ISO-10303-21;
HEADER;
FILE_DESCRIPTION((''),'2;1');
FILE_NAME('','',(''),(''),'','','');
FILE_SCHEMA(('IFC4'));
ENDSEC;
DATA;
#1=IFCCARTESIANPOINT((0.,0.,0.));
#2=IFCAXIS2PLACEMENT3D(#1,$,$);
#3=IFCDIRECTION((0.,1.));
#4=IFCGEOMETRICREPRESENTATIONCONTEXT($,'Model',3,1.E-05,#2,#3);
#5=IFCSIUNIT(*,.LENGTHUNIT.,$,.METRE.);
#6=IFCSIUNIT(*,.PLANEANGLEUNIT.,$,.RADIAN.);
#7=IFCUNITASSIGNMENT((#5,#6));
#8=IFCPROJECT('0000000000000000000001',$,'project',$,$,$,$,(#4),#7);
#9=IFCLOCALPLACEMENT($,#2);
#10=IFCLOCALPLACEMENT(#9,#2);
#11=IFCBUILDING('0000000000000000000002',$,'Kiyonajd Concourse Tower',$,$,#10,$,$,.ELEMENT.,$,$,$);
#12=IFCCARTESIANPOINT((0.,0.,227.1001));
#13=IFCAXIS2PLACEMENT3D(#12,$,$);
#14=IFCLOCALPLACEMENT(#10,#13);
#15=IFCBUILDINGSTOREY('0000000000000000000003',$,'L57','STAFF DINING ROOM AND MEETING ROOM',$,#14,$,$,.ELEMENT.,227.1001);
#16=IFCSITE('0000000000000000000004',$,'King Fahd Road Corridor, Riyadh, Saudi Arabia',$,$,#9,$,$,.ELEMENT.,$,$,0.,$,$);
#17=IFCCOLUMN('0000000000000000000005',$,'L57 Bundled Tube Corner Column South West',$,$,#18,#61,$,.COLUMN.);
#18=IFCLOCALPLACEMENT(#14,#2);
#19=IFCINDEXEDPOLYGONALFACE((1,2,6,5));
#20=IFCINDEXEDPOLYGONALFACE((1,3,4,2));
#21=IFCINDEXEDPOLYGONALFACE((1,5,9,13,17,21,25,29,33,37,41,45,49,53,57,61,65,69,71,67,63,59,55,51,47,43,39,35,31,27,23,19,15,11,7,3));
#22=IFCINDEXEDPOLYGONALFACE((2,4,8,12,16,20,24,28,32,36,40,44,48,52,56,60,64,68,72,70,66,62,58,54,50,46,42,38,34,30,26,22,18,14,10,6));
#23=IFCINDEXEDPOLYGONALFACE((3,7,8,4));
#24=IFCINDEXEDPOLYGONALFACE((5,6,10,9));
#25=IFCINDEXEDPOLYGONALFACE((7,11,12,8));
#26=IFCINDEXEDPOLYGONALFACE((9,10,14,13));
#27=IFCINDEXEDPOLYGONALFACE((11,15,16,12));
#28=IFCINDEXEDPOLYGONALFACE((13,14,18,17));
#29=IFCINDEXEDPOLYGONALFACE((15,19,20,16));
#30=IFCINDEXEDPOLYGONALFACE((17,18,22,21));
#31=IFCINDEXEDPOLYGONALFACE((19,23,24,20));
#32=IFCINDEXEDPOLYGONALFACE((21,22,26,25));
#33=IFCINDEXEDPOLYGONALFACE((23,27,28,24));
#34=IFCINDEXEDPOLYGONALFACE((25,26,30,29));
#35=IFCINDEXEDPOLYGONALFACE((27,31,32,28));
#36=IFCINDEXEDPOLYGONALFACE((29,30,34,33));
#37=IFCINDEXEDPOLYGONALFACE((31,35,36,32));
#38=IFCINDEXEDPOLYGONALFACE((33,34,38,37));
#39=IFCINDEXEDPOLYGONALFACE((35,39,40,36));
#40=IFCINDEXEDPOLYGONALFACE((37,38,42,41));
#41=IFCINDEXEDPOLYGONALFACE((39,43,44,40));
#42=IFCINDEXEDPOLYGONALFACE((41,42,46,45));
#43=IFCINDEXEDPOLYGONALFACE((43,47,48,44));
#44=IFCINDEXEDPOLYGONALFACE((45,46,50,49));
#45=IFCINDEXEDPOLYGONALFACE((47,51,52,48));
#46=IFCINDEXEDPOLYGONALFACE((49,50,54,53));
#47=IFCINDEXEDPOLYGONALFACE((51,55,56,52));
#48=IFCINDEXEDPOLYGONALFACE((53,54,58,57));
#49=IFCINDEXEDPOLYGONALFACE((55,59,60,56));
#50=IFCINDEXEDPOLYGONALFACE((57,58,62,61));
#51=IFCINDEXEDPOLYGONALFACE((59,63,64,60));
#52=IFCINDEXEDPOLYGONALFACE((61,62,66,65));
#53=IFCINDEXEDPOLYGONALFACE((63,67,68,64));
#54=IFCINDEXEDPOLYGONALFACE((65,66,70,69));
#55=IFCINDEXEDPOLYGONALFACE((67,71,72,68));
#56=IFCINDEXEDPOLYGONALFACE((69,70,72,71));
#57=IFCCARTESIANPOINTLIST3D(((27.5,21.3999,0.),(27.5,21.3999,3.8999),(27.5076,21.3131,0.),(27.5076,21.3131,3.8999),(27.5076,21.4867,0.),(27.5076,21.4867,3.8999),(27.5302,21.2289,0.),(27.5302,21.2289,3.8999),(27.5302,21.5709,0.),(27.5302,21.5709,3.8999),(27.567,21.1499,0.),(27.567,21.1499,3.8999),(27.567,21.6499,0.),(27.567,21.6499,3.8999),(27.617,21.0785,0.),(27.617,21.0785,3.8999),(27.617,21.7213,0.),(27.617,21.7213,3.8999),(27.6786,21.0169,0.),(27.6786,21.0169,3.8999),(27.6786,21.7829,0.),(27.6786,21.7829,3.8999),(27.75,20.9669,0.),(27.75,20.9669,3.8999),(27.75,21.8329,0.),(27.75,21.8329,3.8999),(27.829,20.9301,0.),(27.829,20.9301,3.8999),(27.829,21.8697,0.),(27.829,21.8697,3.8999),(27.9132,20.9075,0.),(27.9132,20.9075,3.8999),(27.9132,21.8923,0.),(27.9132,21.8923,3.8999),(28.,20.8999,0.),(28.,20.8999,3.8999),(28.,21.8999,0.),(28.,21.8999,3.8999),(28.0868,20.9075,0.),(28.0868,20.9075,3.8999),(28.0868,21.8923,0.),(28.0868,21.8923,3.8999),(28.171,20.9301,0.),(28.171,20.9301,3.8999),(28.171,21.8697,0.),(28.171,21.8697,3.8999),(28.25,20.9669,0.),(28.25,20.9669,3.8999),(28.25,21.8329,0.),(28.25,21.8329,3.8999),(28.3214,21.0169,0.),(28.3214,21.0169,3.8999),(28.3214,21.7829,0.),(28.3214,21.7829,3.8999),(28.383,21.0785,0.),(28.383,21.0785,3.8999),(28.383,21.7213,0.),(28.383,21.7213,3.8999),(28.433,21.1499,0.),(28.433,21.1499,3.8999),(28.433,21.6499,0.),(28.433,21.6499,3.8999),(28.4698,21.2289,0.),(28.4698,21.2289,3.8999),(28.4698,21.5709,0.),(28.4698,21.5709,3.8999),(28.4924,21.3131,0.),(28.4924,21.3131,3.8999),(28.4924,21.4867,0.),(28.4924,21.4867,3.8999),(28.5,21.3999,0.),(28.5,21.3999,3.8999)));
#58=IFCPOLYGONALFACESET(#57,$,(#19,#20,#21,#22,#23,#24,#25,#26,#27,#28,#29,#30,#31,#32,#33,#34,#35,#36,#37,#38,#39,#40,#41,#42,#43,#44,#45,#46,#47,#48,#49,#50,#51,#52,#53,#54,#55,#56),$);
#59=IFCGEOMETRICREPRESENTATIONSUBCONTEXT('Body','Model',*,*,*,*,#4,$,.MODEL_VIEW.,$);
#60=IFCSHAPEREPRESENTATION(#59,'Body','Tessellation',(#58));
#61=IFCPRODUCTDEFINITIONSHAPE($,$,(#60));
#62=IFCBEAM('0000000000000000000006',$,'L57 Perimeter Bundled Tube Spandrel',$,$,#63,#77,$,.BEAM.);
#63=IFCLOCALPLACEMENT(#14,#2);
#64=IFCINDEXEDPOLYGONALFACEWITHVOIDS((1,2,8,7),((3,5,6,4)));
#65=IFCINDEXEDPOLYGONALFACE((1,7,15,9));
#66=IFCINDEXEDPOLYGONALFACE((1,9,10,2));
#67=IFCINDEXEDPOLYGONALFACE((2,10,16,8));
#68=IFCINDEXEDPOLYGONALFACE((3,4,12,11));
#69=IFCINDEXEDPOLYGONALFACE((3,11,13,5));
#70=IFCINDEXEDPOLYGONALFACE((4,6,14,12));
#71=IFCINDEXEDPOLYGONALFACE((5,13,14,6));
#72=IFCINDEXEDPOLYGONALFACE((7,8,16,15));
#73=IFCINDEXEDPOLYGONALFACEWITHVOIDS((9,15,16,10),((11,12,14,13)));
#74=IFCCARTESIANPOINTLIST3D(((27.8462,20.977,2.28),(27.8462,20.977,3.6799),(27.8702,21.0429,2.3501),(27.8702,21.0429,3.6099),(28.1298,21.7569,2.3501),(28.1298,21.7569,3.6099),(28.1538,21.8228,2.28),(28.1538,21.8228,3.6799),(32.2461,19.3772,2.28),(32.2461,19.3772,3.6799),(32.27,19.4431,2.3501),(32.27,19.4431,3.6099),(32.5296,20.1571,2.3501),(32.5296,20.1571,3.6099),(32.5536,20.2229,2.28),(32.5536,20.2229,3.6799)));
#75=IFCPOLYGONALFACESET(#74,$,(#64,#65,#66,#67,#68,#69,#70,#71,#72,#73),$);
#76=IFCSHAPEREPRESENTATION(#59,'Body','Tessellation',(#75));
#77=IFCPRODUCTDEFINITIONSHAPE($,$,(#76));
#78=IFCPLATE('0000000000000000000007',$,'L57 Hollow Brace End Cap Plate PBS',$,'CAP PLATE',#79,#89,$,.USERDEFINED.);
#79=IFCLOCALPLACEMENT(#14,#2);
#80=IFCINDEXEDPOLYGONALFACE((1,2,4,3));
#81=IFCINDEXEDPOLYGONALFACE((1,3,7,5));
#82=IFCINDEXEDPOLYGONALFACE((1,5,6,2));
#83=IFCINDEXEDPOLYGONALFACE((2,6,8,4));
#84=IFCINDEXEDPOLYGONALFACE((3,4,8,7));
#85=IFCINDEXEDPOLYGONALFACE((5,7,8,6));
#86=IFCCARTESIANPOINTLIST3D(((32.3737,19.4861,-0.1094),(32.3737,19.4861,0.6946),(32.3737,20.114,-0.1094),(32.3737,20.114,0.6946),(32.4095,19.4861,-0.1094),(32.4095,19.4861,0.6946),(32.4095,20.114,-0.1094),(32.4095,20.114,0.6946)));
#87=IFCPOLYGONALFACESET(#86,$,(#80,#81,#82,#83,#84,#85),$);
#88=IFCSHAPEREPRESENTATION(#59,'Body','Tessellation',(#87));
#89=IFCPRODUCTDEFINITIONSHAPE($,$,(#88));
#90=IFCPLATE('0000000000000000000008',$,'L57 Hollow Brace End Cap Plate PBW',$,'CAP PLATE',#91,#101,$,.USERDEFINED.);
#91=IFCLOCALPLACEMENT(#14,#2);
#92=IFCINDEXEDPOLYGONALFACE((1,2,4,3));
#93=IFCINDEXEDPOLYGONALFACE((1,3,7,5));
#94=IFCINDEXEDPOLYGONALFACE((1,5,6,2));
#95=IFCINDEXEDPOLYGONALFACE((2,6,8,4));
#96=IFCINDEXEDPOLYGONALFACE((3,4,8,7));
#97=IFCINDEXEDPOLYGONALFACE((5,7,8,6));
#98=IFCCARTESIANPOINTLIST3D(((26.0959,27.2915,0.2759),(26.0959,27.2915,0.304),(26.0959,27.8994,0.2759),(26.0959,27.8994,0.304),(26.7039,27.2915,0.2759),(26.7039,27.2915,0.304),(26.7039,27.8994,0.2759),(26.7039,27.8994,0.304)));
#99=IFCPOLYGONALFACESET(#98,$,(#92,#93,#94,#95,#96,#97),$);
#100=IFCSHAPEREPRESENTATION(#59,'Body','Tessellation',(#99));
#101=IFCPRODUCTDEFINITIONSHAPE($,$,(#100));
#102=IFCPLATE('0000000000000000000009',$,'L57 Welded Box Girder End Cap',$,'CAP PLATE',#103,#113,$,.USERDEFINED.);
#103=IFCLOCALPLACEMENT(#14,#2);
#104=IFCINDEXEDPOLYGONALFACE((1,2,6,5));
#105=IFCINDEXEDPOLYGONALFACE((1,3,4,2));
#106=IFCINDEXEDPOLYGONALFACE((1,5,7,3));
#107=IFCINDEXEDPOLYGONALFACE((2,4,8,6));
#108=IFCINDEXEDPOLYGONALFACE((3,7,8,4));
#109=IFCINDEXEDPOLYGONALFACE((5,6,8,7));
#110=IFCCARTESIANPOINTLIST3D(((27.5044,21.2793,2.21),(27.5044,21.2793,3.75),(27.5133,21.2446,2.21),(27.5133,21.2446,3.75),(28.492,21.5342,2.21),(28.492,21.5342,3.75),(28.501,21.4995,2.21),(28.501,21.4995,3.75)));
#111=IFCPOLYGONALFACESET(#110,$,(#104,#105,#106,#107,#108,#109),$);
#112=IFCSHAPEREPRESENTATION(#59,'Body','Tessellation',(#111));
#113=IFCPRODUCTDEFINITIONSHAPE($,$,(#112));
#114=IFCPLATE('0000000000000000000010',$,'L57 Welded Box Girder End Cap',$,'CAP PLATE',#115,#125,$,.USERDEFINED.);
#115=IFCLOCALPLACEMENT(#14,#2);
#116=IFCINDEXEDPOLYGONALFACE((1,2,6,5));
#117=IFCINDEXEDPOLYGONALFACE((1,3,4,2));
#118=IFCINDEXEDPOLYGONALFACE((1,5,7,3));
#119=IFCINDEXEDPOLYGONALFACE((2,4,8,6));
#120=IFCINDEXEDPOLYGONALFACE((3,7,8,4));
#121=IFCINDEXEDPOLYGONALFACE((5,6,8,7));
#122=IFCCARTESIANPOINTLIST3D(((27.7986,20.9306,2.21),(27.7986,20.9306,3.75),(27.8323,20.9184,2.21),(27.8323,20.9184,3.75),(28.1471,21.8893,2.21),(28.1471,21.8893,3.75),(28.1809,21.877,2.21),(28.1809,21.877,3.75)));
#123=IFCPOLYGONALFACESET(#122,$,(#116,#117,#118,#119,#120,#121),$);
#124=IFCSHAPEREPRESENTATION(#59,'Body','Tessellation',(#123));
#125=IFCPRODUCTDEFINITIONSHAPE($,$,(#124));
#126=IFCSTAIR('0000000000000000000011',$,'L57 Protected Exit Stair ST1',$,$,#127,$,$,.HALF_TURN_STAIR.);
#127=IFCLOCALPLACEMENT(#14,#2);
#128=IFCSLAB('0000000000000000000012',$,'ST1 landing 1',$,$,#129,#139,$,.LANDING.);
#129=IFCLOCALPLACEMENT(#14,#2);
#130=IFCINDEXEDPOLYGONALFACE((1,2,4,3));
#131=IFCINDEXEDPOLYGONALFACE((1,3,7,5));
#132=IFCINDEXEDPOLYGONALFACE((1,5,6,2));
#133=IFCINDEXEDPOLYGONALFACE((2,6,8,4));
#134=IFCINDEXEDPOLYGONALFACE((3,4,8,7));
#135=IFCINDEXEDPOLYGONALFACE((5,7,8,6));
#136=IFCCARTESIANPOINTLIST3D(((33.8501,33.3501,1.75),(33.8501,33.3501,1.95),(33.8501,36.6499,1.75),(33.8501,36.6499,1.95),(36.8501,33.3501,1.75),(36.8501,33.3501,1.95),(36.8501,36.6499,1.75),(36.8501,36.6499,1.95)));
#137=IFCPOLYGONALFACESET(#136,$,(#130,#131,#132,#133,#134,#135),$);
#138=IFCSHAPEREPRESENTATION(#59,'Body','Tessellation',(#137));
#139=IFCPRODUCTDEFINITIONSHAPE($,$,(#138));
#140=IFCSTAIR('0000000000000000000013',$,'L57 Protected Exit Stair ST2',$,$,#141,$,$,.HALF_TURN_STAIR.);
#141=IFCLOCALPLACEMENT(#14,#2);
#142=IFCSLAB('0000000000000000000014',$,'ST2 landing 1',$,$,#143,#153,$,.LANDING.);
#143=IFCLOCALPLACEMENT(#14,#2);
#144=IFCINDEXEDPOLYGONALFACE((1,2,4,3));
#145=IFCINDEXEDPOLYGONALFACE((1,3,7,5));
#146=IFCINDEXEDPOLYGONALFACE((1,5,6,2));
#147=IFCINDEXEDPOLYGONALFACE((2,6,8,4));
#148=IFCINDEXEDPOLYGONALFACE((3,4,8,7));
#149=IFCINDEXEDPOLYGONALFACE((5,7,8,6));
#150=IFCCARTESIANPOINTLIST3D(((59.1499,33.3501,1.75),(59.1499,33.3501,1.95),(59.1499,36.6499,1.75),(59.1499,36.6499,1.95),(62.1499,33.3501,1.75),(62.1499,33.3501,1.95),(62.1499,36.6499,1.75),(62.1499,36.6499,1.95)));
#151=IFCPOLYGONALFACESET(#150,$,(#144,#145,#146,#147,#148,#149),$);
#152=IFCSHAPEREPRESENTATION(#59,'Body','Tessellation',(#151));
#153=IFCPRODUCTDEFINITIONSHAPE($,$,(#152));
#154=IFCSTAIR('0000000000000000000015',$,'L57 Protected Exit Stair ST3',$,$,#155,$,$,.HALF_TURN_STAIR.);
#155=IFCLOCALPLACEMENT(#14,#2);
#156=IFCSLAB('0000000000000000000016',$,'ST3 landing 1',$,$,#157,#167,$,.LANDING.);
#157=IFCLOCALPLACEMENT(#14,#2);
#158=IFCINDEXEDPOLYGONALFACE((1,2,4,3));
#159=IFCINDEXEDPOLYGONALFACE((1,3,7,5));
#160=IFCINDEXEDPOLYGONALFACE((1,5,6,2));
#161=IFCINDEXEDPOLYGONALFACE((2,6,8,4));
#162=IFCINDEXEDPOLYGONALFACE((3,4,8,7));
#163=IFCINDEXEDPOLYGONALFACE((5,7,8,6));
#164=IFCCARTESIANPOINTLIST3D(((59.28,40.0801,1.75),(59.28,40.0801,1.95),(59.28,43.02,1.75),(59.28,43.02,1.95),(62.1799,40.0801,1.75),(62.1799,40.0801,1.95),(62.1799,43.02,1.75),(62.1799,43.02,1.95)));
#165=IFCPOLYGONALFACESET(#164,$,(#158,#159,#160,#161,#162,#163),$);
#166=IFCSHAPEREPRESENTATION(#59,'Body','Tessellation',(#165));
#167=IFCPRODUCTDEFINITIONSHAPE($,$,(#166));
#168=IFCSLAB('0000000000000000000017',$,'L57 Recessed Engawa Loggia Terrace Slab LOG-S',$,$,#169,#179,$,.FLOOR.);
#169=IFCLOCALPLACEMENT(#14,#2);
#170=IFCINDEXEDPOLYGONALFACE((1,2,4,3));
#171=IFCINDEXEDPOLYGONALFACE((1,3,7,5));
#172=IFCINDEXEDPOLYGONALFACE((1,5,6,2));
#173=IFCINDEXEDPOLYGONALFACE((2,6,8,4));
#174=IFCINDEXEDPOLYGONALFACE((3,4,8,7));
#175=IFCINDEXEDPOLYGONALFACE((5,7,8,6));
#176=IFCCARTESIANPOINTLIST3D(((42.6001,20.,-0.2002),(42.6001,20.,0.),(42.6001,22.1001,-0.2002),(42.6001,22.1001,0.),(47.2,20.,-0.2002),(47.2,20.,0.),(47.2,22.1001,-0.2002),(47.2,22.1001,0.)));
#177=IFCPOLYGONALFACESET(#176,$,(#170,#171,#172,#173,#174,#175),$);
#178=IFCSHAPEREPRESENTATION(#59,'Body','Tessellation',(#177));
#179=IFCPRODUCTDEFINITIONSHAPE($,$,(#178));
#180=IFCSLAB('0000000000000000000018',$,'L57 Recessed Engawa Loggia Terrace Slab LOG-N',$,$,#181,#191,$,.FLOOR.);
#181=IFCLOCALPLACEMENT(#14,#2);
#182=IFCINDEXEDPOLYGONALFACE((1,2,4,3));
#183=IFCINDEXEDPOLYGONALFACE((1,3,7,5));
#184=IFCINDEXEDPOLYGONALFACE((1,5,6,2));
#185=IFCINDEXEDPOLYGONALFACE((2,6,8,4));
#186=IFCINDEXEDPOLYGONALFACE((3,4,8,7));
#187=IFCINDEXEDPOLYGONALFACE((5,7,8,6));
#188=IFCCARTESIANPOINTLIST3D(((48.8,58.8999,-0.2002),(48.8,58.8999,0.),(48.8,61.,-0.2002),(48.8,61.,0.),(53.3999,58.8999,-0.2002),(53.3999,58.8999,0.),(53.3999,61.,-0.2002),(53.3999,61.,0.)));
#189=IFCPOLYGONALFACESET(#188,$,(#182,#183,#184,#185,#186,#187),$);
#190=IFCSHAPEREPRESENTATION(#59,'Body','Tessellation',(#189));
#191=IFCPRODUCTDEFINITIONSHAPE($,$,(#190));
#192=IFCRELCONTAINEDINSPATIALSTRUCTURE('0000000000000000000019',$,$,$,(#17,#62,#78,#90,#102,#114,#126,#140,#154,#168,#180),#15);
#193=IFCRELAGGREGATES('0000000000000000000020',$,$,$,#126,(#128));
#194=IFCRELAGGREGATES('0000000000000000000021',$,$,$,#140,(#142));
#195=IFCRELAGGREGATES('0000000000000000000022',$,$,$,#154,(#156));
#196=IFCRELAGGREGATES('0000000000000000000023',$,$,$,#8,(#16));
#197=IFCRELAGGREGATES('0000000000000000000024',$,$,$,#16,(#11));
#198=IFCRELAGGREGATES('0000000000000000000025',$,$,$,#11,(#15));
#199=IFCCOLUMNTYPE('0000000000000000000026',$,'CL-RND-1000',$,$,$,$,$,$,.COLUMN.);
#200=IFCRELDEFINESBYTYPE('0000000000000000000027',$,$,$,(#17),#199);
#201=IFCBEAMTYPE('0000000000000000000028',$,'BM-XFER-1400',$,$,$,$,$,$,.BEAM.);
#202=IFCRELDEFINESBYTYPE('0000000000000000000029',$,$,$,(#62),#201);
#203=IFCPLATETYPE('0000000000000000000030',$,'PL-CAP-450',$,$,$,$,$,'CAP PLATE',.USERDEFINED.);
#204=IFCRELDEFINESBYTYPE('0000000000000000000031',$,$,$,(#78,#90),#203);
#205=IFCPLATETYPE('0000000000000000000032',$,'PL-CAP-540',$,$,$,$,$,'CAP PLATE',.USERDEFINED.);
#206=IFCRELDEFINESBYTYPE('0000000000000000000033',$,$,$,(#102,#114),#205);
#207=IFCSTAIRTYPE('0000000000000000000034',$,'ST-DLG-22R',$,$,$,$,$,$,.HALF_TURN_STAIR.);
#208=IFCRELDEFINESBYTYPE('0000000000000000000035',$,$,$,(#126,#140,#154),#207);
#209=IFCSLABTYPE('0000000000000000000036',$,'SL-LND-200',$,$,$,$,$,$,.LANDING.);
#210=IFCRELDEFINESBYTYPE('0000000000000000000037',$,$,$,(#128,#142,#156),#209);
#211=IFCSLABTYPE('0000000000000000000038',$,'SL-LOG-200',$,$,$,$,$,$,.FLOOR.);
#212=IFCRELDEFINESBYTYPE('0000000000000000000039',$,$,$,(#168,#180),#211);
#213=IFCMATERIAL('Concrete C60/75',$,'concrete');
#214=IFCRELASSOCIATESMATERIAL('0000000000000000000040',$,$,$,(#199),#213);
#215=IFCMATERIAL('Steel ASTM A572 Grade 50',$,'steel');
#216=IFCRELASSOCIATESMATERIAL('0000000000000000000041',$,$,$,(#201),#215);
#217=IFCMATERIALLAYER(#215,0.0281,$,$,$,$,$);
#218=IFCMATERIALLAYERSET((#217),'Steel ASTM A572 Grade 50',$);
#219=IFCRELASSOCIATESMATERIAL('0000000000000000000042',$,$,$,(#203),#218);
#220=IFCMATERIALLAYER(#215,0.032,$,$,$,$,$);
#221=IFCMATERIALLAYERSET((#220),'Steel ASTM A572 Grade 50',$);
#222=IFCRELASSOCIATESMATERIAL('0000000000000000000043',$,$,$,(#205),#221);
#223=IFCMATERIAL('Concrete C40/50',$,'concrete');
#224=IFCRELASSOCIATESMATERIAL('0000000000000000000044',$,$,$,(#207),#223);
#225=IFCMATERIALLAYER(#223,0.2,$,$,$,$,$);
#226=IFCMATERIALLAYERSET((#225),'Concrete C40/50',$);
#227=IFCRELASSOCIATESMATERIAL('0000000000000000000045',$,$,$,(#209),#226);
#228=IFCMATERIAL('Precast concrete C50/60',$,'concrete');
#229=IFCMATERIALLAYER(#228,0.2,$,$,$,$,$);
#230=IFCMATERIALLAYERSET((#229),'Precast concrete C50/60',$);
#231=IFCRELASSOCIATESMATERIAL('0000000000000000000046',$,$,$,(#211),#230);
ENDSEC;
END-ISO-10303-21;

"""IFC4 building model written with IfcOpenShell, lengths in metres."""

from ifc_helpers import new_model, si_unit, direction, frame, origin, origin_2d, place, context, subcontext, project, spatial, polyline, rectangle, hollow_rectangle, circle, outline, extrude, material, layer, layer_set, material_profile, profile_set, type_object, element, aggregate, save


model = new_model("IFC4")

# Units and contexts
model_context = context("Model", 3, precision=1e-05, world=origin(), true_north=direction((0.0, 1.0)))
body_context = subcontext(model_context, "Body", "Model", "MODEL_VIEW")
ifc_project = project(units=[si_unit("LENGTHUNIT", "METRE"), si_unit("PLANEANGLEUNIT", "RADIAN")], contexts=[model_context])

# Site, building, storey
site_placement = place(None, origin())
site = spatial("IfcSite", under=ifc_project, at=site_placement, Name="King Fahd Road Corridor, Riyadh, Saudi Arabia", CompositionType="ELEMENT", RefElevation=0.0)
building_placement = place(site_placement, origin())
building = spatial("IfcBuilding", under=site, at=building_placement, Name="Kiyonajd Concourse Tower", CompositionType="ELEMENT")
storey_placement = place(building_placement, frame((0.0, 0.0, 227.1001)))
storey = spatial("IfcBuildingStorey", under=building, at=storey_placement, Name="L57", Description="STAFF DINING ROOM AND MEETING ROOM", CompositionType="ELEMENT", Elevation=227.1001)

# Column
ifc_material_1 = material(Name="Concrete C60/75", Category="concrete")
ifc_material_profile_1 = material_profile(ifc_material_1, circle(Radius=0.5, at=origin_2d()), Name="RCC-D1000")
ifc_profile_set_1 = profile_set([ifc_material_profile_1], Name="Concrete C60/75")
column_type = type_object("IfcColumnType", Name="CL-RND-1000", PredefinedType="COLUMN", material=ifc_profile_set_1)
column_placement = place(storey_placement, frame((28.0, 21.3999, 0.0), z_axis=(0.0, 0.0, 1.0), x_axis=(1.0, 0.0, 0.0)))
element("IfcColumn", 1, at=column_placement, inside=storey, type_object=column_type, Name="L57 Bundled Tube Corner Column South West", PredefinedType="COLUMN", context=body_context, shape_type="SweptSolid", body=[
    extrude(circle(Radius=0.5, at=origin_2d()), origin(), (0.0, 0.0, 1.0), 3.8999),
])

# Beam
ifc_material_2 = material(Name="Steel ASTM A572 Grade 50", Category="steel")
ifc_material_profile_2 = material_profile(ifc_material_2, hollow_rectangle(XDim=0.8999, YDim=1.3999, WallThickness=0.0701, at=origin_2d()), Name="BOX-1400x900x70")
ifc_profile_set_2 = profile_set([ifc_material_profile_2], Name="Steel ASTM A572 Grade 50")
beam_type = type_object("IfcBeamType", Name="BM-XFER-1400", PredefinedType="BEAM", material=ifc_profile_set_2)
beam_placement = place(storey_placement, frame((28.0, 21.3999, 2.98), z_axis=(0.939801, -0.341722, 0.0), x_axis=(0.341722, 0.939801, 0.0)))
element("IfcBeam", 2, at=beam_placement, inside=storey, type_object=beam_type, Name="L57 Perimeter Bundled Tube Spandrel", PredefinedType="BEAM", context=body_context, shape_type="SweptSolid", body=[
    extrude(hollow_rectangle(XDim=0.8999, YDim=1.3999, WallThickness=0.0701, at=origin_2d()), origin(), (0.0, 0.0, 1.0), 4.6816),
])

# Plates
ifc_layer_1 = layer(ifc_material_2, 0.0281)
ifc_layer_set_1 = layer_set([ifc_layer_1], Name="Steel ASTM A572 Grade 50")
plate_type_1 = type_object("IfcPlateType", Name="PL-CAP-450", ElementType="CAP PLATE", PredefinedType="USERDEFINED", material=ifc_layer_set_1)
plate_1_placement = place(storey_placement, frame((32.3916, 19.8, -0.1094), z_axis=(0.0, 0.0, 1.0), x_axis=(-1.0, 0.0, 0.0)))
element("IfcPlate", 3, at=plate_1_placement, inside=storey, type_object=plate_type_1, Name="L57 Hollow Brace End Cap Plate PBS", ObjectType="CAP PLATE", PredefinedType="USERDEFINED", context=body_context, shape_type="SweptSolid", body=[
    extrude(rectangle(XDim=0.0359, YDim=0.6279, at=origin_2d()), origin(), (0.0, 0.0, 1.0), 0.804),
])
plate_2_placement = place(storey_placement, frame((26.3999, 27.5955, 0.2759), z_axis=(0.0, 0.0, 1.0), x_axis=(1.0, 0.0, 0.0)))
element("IfcPlate", 4, at=plate_2_placement, inside=storey, type_object=plate_type_1, Name="L57 Hollow Brace End Cap Plate PBW", ObjectType="CAP PLATE", PredefinedType="USERDEFINED", context=body_context, shape_type="SweptSolid", body=[
    extrude(rectangle(XDim=0.6079, YDim=0.6079, at=origin_2d()), origin(), (0.0, 0.0, 1.0), 0.0281),
])
ifc_layer_2 = layer(ifc_material_2, 0.032)
ifc_layer_set_2 = layer_set([ifc_layer_2], Name="Steel ASTM A572 Grade 50")
plate_type_2 = type_object("IfcPlateType", Name="PL-CAP-540", ElementType="CAP PLATE", PredefinedType="USERDEFINED", material=ifc_layer_set_2)
for number, where, z_axis, x_axis, name in (
    (5, (28.0027, 21.3894, 2.21), (0.0, 0.0, 1.0), (0.249873, -0.968279, 0.0), "L57 Welded Box Girder End Cap"),
    (6, (27.9897, 21.4038, 2.21), (0.0, 0.0, 1.0), (-0.939812, 0.341692, 0.0), "L57 Welded Box Girder End Cap"),
):
    element("IfcPlate", number, at=place(storey_placement, frame(where, z_axis=z_axis, x_axis=x_axis)), inside=storey, type_object=plate_type_2, Name=name, ObjectType="CAP PLATE", PredefinedType="USERDEFINED", context=body_context, shape_type="SweptSolid", body=[
        extrude(rectangle(XDim=0.0359, YDim=1.02, at=origin_2d()), origin(), (0.0, 0.0, 1.0), 1.54),
    ])

# Stairs, slabs
ifc_material_3 = material(Name="Concrete C40/50", Category="concrete")
stair_type = type_object("IfcStairType", Name="ST-DLG-22R", PredefinedType="HALF_TURN_STAIR", material=ifc_material_3)
stair_1_placement = place(storey_placement, origin())
stair_1 = element("IfcStair", 7, at=stair_1_placement, inside=storey, type_object=stair_type, Name="L57 Protected Exit Stair ST1", PredefinedType="HALF_TURN_STAIR")
ifc_layer_3 = layer(ifc_material_3, 0.2)
ifc_layer_set_3 = layer_set([ifc_layer_3], Name="Concrete C40/50")
slab_type_1 = type_object("IfcSlabType", Name="SL-LND-200", PredefinedType="LANDING", material=ifc_layer_set_3)
slab_1_placement = place(storey_placement, frame((0.0, 0.0, 1.75)))
slab_1 = element("IfcSlab", 8, at=slab_1_placement, type_object=slab_type_1, Name="ST1 landing 1", PredefinedType="LANDING", context=body_context, shape_type="SweptSolid", body=[
    extrude(outline(polyline([(36.8501, 33.3501), (36.8501, 36.6499), (33.8501, 36.6499), (33.8501, 33.3501), (36.8501, 33.3501)])), origin(), (0.0, 0.0, 1.0), 0.2),
])
aggregate(stair_1, [slab_1])
stair_2_placement = place(storey_placement, origin())
stair_2 = element("IfcStair", 9, at=stair_2_placement, inside=storey, type_object=stair_type, Name="L57 Protected Exit Stair ST2", PredefinedType="HALF_TURN_STAIR")
slab_2_placement = place(storey_placement, frame((0.0, 0.0, 1.75)))
slab_2 = element("IfcSlab", 10, at=slab_2_placement, type_object=slab_type_1, Name="ST2 landing 1", PredefinedType="LANDING", context=body_context, shape_type="SweptSolid", body=[
    extrude(outline(polyline([(62.1499, 33.3501), (62.1499, 36.6499), (59.1499, 36.6499), (59.1499, 33.3501), (62.1499, 33.3501)])), origin(), (0.0, 0.0, 1.0), 0.2),
])
aggregate(stair_2, [slab_2])
stair_3_placement = place(storey_placement, origin())
stair_3 = element("IfcStair", 11, at=stair_3_placement, inside=storey, type_object=stair_type, Name="L57 Protected Exit Stair ST3", PredefinedType="HALF_TURN_STAIR")
slab_3_placement = place(storey_placement, frame((0.0, 0.0, 1.75)))
slab_3 = element("IfcSlab", 12, at=slab_3_placement, type_object=slab_type_1, Name="ST3 landing 1", PredefinedType="LANDING", context=body_context, shape_type="SweptSolid", body=[
    extrude(outline(polyline([(59.28, 40.0801), (62.1799, 40.0801), (62.1799, 43.02), (59.28, 43.02), (59.28, 40.0801)])), origin(), (0.0, 0.0, 1.0), 0.2),
])
aggregate(stair_3, [slab_3])

# Slabs
ifc_material_4 = material(Name="Precast concrete C50/60", Category="concrete")
ifc_layer_4 = layer(ifc_material_4, 0.2)
ifc_layer_set_4 = layer_set([ifc_layer_4], Name="Precast concrete C50/60")
slab_type_2 = type_object("IfcSlabType", Name="SL-LOG-200", PredefinedType="FLOOR", material=ifc_layer_set_4)
slab_4_placement = place(storey_placement, frame((0.0, 0.0, -0.2002)))
element("IfcSlab", 13, at=slab_4_placement, inside=storey, type_object=slab_type_2, Name="L57 Recessed Engawa Loggia Terrace Slab LOG-S", PredefinedType="FLOOR", context=body_context, shape_type="SweptSolid", body=[
    extrude(outline(polyline([(42.6001, 20.0), (47.2, 20.0), (47.2, 22.1001), (42.6001, 22.1001), (42.6001, 20.0)])), origin(), (0.0, 0.0, 1.0), 0.2002),
])
slab_5_placement = place(storey_placement, frame((0.0, 0.0, -0.2002)))
element("IfcSlab", 14, at=slab_5_placement, inside=storey, type_object=slab_type_2, Name="L57 Recessed Engawa Loggia Terrace Slab LOG-N", PredefinedType="FLOOR", context=body_context, shape_type="SweptSolid", body=[
    extrude(outline(polyline([(48.8, 58.8999), (53.3999, 58.8999), (53.3999, 61.0), (48.8, 61.0), (48.8, 58.8999)])), origin(), (0.0, 0.0, 1.0), 0.2002),
])

save(model, "model.ifc")
